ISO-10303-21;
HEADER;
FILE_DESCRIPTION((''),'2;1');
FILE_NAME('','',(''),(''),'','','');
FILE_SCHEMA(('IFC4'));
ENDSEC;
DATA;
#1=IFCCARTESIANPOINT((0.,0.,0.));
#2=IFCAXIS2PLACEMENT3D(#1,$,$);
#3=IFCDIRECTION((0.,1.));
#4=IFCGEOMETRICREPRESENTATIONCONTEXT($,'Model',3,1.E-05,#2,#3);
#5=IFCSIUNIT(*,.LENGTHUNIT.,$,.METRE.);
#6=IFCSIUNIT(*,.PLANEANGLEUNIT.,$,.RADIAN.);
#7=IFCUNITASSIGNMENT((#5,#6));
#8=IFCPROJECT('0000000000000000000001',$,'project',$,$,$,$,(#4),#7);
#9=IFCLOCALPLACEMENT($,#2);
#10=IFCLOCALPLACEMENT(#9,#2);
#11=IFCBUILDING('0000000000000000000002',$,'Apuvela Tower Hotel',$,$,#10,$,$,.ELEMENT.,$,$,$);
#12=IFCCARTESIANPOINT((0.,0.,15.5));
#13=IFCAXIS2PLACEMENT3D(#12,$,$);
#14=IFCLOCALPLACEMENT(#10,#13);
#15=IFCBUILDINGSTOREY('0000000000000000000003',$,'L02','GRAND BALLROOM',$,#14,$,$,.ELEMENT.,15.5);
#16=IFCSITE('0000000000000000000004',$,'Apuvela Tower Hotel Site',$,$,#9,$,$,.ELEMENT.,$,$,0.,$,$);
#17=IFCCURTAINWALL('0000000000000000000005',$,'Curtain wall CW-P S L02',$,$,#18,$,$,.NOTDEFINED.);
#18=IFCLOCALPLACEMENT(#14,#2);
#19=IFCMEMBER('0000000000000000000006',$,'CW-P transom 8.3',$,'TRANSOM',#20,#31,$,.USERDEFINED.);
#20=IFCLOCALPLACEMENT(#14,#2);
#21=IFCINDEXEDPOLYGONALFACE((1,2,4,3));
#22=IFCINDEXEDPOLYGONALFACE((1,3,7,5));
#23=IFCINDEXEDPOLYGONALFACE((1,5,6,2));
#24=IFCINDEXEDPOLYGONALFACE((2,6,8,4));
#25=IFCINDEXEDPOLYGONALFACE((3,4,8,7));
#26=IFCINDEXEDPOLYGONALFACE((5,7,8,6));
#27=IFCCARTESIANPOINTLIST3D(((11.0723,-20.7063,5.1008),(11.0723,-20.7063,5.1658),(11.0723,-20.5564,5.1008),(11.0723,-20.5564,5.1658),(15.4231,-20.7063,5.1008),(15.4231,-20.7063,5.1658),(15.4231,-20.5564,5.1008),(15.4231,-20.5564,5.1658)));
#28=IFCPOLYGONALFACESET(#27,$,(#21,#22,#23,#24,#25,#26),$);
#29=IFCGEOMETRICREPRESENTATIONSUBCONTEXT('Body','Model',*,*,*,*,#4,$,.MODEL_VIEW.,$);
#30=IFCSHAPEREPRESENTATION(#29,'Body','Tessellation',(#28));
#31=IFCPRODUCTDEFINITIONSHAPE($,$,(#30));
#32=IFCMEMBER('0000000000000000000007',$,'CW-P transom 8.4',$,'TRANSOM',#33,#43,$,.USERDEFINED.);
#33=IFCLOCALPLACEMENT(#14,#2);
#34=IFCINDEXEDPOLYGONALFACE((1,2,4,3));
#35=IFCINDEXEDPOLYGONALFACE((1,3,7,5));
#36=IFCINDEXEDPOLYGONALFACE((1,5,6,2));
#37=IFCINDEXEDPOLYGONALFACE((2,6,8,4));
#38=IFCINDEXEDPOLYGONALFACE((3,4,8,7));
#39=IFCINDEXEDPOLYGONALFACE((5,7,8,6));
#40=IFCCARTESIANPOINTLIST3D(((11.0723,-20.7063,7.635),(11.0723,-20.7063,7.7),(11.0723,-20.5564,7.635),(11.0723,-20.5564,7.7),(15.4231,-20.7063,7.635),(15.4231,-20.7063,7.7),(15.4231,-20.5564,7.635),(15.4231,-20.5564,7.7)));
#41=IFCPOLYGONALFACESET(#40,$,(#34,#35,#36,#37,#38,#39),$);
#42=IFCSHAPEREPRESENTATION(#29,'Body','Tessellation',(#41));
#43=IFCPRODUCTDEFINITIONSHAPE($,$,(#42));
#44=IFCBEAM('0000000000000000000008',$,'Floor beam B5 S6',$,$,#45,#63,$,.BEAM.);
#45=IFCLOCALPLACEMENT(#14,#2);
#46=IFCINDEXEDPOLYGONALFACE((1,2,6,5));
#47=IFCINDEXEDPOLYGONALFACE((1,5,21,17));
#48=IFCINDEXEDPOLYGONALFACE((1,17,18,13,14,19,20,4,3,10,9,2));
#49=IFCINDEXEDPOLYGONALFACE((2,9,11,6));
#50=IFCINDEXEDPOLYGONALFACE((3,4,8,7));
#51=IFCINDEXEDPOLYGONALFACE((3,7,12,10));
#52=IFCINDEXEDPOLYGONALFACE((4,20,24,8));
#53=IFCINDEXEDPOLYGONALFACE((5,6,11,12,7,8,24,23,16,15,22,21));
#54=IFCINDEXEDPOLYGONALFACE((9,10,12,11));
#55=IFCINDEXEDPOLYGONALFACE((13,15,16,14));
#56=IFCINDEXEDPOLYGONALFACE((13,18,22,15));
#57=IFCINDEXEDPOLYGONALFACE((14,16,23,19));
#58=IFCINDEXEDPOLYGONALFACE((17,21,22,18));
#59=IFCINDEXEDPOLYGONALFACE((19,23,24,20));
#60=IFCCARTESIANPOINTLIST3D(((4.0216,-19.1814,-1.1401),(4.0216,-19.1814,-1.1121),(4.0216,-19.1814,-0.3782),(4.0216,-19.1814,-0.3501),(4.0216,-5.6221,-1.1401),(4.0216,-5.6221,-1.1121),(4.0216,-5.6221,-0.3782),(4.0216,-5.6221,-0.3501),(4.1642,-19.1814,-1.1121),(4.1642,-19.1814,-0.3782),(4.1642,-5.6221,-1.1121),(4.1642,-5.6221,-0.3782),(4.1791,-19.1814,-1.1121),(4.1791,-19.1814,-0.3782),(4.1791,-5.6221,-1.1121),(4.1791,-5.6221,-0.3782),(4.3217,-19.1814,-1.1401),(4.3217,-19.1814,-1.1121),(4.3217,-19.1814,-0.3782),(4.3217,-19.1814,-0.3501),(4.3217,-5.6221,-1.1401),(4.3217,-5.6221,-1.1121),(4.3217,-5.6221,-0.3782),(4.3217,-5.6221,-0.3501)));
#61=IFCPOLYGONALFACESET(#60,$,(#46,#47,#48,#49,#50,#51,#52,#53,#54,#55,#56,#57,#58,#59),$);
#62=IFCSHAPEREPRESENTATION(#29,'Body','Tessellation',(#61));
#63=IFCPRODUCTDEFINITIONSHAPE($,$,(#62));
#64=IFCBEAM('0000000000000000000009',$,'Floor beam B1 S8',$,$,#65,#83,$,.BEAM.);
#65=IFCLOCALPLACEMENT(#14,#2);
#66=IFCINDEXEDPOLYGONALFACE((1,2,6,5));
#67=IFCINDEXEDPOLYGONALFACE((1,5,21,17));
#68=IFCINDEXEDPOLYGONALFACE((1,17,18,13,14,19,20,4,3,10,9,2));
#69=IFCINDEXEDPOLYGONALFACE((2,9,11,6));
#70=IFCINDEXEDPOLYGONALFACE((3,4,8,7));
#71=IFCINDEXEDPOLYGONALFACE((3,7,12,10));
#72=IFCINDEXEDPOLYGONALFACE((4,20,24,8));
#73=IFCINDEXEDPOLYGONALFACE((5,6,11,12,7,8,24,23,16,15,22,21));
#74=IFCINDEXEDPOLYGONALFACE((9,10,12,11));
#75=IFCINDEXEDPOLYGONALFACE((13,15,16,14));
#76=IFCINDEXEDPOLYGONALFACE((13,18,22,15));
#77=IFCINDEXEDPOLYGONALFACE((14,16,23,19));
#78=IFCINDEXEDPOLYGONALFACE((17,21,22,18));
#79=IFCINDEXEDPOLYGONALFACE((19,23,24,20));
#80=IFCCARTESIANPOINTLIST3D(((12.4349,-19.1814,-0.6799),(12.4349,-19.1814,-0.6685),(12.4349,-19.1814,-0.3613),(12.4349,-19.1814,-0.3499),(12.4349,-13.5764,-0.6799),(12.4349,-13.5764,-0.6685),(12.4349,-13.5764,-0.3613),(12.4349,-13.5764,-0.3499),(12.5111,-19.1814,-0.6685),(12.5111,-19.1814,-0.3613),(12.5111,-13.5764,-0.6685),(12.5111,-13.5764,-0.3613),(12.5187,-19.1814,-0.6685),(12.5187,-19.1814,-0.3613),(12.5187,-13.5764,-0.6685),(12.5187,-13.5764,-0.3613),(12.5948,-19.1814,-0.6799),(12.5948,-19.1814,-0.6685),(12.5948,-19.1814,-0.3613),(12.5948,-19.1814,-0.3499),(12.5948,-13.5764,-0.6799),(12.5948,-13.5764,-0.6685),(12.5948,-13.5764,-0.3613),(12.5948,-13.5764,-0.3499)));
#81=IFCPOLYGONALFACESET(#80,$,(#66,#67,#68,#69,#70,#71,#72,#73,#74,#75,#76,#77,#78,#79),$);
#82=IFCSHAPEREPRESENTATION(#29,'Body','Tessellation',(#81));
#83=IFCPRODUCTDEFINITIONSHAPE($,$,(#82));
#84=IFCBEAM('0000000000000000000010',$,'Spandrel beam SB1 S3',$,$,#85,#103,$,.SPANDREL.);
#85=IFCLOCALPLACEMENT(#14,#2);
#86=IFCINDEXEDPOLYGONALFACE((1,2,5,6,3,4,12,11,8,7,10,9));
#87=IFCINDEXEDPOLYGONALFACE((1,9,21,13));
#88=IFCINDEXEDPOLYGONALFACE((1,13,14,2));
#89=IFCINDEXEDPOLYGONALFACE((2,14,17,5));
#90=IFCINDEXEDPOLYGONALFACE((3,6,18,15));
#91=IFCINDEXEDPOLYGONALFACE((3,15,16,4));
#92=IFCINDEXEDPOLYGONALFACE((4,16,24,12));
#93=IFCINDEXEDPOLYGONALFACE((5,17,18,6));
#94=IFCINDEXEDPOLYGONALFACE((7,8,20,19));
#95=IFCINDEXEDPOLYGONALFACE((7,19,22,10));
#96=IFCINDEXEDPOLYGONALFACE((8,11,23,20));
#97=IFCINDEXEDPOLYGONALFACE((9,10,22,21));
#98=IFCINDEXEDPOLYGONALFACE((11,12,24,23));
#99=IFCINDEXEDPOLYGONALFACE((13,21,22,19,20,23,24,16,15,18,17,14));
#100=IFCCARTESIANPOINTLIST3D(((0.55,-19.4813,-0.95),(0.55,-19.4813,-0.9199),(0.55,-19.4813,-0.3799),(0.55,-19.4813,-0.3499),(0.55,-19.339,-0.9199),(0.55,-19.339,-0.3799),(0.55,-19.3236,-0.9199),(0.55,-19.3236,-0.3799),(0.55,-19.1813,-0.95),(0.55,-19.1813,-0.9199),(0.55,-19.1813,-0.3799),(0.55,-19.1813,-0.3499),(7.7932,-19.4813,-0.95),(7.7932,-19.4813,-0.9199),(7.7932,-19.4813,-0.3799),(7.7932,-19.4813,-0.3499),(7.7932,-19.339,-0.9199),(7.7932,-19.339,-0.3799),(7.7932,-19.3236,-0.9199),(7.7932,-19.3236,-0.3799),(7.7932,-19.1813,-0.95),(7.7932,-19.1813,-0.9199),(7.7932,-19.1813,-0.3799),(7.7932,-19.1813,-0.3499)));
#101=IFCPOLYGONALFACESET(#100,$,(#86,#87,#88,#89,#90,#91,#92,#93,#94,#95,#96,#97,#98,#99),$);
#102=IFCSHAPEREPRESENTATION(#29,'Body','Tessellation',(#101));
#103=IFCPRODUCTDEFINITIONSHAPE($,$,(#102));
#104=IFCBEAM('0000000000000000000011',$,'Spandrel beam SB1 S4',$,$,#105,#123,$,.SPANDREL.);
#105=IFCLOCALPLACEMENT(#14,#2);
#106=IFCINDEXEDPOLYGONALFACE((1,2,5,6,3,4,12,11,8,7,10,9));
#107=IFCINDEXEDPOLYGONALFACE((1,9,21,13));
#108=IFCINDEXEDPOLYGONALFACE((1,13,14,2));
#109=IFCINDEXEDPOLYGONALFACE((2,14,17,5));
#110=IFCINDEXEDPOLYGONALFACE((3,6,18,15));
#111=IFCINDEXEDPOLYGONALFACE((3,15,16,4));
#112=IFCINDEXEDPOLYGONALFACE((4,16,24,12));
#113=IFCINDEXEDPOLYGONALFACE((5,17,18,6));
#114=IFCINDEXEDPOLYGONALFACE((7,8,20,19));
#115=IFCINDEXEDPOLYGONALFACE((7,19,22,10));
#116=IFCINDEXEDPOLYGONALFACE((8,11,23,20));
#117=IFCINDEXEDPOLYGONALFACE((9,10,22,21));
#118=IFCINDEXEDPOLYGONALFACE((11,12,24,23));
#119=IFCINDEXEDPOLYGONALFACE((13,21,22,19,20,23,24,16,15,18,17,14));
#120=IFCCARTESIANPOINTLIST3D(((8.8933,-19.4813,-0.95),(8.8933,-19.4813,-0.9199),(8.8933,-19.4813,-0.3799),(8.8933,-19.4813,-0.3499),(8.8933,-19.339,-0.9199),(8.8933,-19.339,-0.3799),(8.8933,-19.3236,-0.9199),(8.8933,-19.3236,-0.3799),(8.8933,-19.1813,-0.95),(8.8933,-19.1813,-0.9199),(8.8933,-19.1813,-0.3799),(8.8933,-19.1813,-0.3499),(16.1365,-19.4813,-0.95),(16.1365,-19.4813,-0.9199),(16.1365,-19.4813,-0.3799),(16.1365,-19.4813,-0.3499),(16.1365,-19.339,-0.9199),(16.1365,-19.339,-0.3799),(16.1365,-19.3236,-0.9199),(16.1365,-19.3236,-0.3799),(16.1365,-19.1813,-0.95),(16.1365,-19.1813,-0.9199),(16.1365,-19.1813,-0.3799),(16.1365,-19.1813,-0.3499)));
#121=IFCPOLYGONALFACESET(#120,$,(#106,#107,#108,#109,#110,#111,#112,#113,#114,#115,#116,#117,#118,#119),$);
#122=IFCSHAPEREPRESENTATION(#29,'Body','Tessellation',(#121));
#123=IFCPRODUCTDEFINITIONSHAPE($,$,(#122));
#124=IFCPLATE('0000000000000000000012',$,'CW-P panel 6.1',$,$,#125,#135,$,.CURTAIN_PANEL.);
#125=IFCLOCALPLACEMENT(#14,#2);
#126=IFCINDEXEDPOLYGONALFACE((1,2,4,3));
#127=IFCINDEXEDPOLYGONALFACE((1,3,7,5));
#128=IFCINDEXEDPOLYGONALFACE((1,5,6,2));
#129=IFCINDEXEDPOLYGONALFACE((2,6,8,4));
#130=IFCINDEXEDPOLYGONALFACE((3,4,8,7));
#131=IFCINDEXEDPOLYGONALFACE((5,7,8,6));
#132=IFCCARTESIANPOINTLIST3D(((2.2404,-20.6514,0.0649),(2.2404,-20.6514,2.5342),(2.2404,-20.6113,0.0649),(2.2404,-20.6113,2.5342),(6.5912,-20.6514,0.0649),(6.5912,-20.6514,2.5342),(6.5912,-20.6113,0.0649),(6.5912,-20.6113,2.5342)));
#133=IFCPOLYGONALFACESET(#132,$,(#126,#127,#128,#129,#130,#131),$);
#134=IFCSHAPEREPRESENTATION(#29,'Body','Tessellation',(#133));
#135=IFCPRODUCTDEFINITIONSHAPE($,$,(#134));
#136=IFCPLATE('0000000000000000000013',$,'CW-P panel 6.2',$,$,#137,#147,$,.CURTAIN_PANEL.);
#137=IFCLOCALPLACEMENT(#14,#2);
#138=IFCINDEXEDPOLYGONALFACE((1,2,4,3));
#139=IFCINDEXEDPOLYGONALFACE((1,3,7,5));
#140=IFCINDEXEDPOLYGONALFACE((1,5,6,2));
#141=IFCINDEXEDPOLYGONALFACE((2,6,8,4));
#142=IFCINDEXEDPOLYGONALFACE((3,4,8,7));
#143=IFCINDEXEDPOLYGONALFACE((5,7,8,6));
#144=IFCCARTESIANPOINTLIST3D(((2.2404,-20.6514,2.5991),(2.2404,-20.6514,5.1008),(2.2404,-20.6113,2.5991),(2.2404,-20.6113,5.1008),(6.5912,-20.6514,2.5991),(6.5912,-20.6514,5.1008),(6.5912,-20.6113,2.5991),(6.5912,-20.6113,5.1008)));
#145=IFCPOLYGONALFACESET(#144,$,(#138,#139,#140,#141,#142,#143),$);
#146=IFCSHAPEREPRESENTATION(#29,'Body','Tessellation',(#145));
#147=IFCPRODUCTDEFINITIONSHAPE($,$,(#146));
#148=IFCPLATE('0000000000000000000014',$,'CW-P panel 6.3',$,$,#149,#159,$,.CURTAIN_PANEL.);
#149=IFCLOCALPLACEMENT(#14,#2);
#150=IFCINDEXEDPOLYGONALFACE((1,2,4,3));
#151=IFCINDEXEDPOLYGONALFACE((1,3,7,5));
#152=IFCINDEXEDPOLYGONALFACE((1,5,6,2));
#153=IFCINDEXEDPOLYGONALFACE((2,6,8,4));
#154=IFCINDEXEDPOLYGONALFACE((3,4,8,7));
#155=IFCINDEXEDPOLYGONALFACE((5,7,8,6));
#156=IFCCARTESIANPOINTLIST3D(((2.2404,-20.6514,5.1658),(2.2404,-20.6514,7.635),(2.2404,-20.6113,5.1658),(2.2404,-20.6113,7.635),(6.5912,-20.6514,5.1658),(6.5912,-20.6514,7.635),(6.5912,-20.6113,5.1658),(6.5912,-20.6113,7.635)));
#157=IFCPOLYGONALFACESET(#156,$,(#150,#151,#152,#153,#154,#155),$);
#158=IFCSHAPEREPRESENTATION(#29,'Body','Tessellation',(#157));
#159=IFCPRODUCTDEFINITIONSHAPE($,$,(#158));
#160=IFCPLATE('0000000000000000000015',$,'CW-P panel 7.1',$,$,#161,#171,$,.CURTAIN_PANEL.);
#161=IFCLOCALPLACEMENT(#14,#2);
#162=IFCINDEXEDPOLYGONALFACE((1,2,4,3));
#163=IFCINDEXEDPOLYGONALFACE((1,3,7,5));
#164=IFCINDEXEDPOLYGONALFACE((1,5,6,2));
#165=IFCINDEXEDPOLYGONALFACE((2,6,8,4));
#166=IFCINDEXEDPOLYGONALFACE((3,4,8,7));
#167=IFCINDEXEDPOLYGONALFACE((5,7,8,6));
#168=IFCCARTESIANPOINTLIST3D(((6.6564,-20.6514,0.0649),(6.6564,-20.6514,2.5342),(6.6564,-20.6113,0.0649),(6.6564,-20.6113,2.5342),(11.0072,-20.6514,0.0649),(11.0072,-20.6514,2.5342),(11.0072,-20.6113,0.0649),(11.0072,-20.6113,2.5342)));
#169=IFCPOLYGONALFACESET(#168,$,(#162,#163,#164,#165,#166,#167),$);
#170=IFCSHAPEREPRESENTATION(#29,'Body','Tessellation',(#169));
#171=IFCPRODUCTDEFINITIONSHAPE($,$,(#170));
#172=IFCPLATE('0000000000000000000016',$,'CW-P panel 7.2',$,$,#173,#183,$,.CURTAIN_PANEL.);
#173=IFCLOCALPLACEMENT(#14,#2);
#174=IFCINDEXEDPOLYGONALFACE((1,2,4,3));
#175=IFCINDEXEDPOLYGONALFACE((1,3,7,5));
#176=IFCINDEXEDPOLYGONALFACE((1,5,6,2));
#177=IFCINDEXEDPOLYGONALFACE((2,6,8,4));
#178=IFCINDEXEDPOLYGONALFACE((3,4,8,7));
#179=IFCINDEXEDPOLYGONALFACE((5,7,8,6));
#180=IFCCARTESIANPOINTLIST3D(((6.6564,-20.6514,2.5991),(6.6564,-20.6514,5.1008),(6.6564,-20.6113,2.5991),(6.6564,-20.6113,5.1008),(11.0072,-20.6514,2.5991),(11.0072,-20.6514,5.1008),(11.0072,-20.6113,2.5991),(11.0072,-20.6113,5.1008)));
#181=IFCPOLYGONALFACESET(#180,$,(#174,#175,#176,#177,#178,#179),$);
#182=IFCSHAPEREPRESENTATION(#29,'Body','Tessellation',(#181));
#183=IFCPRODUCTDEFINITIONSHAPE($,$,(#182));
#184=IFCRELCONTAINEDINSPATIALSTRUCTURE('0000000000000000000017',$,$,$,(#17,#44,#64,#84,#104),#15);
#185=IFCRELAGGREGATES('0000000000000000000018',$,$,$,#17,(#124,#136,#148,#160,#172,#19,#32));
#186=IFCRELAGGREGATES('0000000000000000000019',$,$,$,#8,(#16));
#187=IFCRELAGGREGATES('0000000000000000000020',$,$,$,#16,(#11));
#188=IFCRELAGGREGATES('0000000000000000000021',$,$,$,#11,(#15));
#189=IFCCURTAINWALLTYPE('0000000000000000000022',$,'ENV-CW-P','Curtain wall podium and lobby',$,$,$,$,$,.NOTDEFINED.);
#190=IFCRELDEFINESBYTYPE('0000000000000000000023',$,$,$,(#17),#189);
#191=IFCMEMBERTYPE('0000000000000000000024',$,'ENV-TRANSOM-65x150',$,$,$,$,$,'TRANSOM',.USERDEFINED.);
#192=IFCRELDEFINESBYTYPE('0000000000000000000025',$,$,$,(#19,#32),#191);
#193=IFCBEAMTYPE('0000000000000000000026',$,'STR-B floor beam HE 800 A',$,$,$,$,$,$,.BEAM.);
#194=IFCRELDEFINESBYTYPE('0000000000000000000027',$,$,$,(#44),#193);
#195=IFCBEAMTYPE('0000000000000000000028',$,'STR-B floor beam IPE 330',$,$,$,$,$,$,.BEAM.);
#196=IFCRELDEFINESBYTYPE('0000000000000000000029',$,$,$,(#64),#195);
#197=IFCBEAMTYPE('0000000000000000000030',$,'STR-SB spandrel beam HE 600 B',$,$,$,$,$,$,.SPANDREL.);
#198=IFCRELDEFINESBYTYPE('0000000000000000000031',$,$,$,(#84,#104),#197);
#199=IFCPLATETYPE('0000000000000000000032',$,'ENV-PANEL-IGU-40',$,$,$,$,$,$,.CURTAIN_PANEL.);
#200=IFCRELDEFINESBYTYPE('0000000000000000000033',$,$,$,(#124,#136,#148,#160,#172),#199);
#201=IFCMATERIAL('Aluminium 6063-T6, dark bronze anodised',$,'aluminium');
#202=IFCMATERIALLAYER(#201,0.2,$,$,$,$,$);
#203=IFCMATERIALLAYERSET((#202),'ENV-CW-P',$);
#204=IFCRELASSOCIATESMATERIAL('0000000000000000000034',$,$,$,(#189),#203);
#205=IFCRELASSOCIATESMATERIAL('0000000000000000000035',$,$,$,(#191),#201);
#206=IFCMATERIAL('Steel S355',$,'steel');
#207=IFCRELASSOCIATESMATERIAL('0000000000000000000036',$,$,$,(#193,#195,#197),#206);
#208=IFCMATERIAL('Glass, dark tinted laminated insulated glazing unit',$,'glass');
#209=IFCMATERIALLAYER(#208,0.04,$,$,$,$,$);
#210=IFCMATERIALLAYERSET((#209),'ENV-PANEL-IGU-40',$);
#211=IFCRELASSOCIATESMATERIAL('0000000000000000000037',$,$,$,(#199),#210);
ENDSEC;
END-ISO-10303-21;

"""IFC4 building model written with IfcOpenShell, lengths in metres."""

from ifc_helpers import new_model, si_unit, direction, frame, origin, origin_2d, place, context, subcontext, project, spatial, rectangle, i_section, extrude, material, layer, layer_set, material_profile, profile_set, type_object, element, aggregate, save


model = new_model("IFC4")

# Units and contexts
model_context = context("Model", 3, precision=1e-05, world=origin(), true_north=direction((0.0, 1.0)))
body_context = subcontext(model_context, "Body", "Model", "MODEL_VIEW")
ifc_project = project(units=[si_unit("LENGTHUNIT", "METRE"), si_unit("PLANEANGLEUNIT", "RADIAN")], contexts=[model_context])

# Site, building, storey
site_placement = place(None, origin())
site = spatial("IfcSite", under=ifc_project, at=site_placement, Name="Apuvela Tower Hotel Site", CompositionType="ELEMENT", RefElevation=0.0)
building_placement = place(site_placement, origin())
building = spatial("IfcBuilding", under=site, at=building_placement, Name="Apuvela Tower Hotel", CompositionType="ELEMENT")
storey_placement = place(building_placement, frame((0.0, 0.0, 15.5)))
storey = spatial("IfcBuildingStorey", under=building, at=storey_placement, Name="L02", Description="GRAND BALLROOM", CompositionType="ELEMENT", Elevation=15.5)

# Curtain wall, members
ifc_material_1 = material(Name="Aluminium 6063-T6, dark bronze anodised", Category="aluminium")
ifc_layer_1 = layer(ifc_material_1, 0.2)
ifc_layer_set_1 = layer_set([ifc_layer_1], Name="ENV-CW-P")
curtain_wall_type = type_object("IfcCurtainWallType", Name="ENV-CW-P", Description="Curtain wall podium and lobby", PredefinedType="NOTDEFINED", material=ifc_layer_set_1)
curtain_wall_placement = place(storey_placement, origin())
curtain_wall = element("IfcCurtainWall", 1, at=curtain_wall_placement, inside=storey, type_object=curtain_wall_type, Name="Curtain wall CW-P S L02", PredefinedType="NOTDEFINED")
ifc_material_profile_1 = material_profile(ifc_material_1, rectangle(XDim=0.1499, YDim=0.0649, at=origin_2d()), Name="AL 65x150 transom")
ifc_profile_set_1 = profile_set([ifc_material_profile_1], Name="Aluminium 6063-T6, dark bronze anodised")
member_type_1 = type_object("IfcMemberType", Name="ENV-TRANSOM-65x150", ElementType="TRANSOM", PredefinedType="USERDEFINED", material=ifc_profile_set_1)
member_1_placement = place(storey_placement, frame((11.0723, -20.6313, 5.1333), z_axis=(1.0, 0.0, 0.0), x_axis=(0.0, 1.0, 0.0)))
member_1 = element("IfcMember", 2, at=member_1_placement, type_object=member_type_1, Name="CW-P transom 8.3", ObjectType="TRANSOM", PredefinedType="USERDEFINED", context=body_context, shape_type="SweptSolid", body=[
    extrude(rectangle(XDim=0.1499, YDim=0.0649, at=origin_2d()), origin(), (0.0, 0.0, 1.0), 4.3508),
])
member_2_placement = place(storey_placement, frame((11.0723, -20.6313, 7.6675), z_axis=(1.0, 0.0, 0.0), x_axis=(0.0, 1.0, 0.0)))
member_2 = element("IfcMember", 3, at=member_2_placement, type_object=member_type_1, Name="CW-P transom 8.4", ObjectType="TRANSOM", PredefinedType="USERDEFINED", context=body_context, shape_type="SweptSolid", body=[
    extrude(rectangle(XDim=0.1499, YDim=0.0649, at=origin_2d()), origin(), (0.0, 0.0, 1.0), 4.3508),
])

# Beams
ifc_material_2 = material(Name="Steel S355", Category="steel")
ifc_material_profile_2 = material_profile(ifc_material_2, i_section(OverallWidth=0.3, OverallDepth=0.79, WebThickness=0.0149, FlangeThickness=0.0281, at=origin_2d()), Name="HE 800 A")
ifc_profile_set_2 = profile_set([ifc_material_profile_2], Name="Steel S355")
beam_type_1 = type_object("IfcBeamType", Name="STR-B floor beam HE 800 A", PredefinedType="BEAM", material=ifc_profile_set_2)
beam_1_placement = place(storey_placement, frame((4.1716, -19.1814, -0.7451), z_axis=(0.0, 1.0, 0.0), x_axis=(-1.0, 0.0, 0.0)))
element("IfcBeam", 4, at=beam_1_placement, inside=storey, type_object=beam_type_1, Name="Floor beam B5 S6", PredefinedType="BEAM", context=body_context, shape_type="SweptSolid", body=[
    extrude(i_section(OverallWidth=0.3, OverallDepth=0.79, WebThickness=0.0149, FlangeThickness=0.0281, at=origin_2d()), origin(), (0.0, 0.0, 1.0), 13.5593),
])
ifc_material_profile_3 = material_profile(ifc_material_2, i_section(OverallWidth=0.1599, OverallDepth=0.3301, WebThickness=0.0076, FlangeThickness=0.0115, at=origin_2d()), Name="IPE 330")
ifc_profile_set_3 = profile_set([ifc_material_profile_3], Name="Steel S355")
beam_type_2 = type_object("IfcBeamType", Name="STR-B floor beam IPE 330", PredefinedType="BEAM", material=ifc_profile_set_3)
beam_2_placement = place(storey_placement, frame((12.5149, -19.1814, -0.5149), z_axis=(0.0, 1.0, 0.0), x_axis=(-1.0, 0.0, 0.0)))
element("IfcBeam", 5, at=beam_2_placement, inside=storey, type_object=beam_type_2, Name="Floor beam B1 S8", PredefinedType="BEAM", context=body_context, shape_type="SweptSolid", body=[
    extrude(i_section(OverallWidth=0.1599, OverallDepth=0.3301, WebThickness=0.0076, FlangeThickness=0.0115, at=origin_2d()), origin(), (0.0, 0.0, 1.0), 5.605),
])
ifc_material_profile_4 = material_profile(ifc_material_2, i_section(OverallWidth=0.3, OverallDepth=0.6001, WebThickness=0.0154, FlangeThickness=0.03, at=origin_2d()), Name="HE 600 B")
ifc_profile_set_4 = profile_set([ifc_material_profile_4], Name="Steel S355")
beam_type_3 = type_object("IfcBeamType", Name="STR-SB spandrel beam HE 600 B", PredefinedType="SPANDREL", material=ifc_profile_set_4)
for number, where, z_axis, x_axis, name in (
    (6, (0.55, -19.3313, -0.6499), (1.0, 0.0, 0.0), (0.0, 1.0, 0.0), "Spandrel beam SB1 S3"),
    (7, (8.8933, -19.3313, -0.6499), (1.0, 0.0, 0.0), (0.0, 1.0, 0.0), "Spandrel beam SB1 S4"),
):
    element("IfcBeam", number, at=place(storey_placement, frame(where, z_axis=z_axis, x_axis=x_axis)), inside=storey, type_object=beam_type_3, Name=name, PredefinedType="SPANDREL", context=body_context, shape_type="SweptSolid", body=[
        extrude(i_section(OverallWidth=0.3, OverallDepth=0.6001, WebThickness=0.0154, FlangeThickness=0.03, at=origin_2d()), origin(), (0.0, 0.0, 1.0), 7.2432),
    ])

# Plates
ifc_material_3 = material(Name="Glass, dark tinted laminated insulated glazing unit", Category="glass")
ifc_layer_2 = layer(ifc_material_3, 0.04)
ifc_layer_set_2 = layer_set([ifc_layer_2], Name="ENV-PANEL-IGU-40")
plate_type = type_object("IfcPlateType", Name="ENV-PANEL-IGU-40", PredefinedType="CURTAIN_PANEL", material=ifc_layer_set_2)
plate_1_placement = place(storey_placement, frame((4.4158, -20.6313, 0.0649), z_axis=(0.0, 0.0, 1.0), x_axis=(1.0, 0.0, 0.0)))
plate_1 = element("IfcPlate", 8, at=plate_1_placement, type_object=plate_type, Name="CW-P panel 6.1", PredefinedType="CURTAIN_PANEL", context=body_context, shape_type="SweptSolid", body=[
    extrude(rectangle(XDim=4.3508, YDim=0.04, at=origin_2d()), origin(), (0.0, 0.0, 1.0), 2.4692),
])
plate_2_placement = place(storey_placement, frame((4.4158, -20.6313, 2.5991), z_axis=(0.0, 0.0, 1.0), x_axis=(1.0, 0.0, 0.0)))
plate_2 = element("IfcPlate", 9, at=plate_2_placement, type_object=plate_type, Name="CW-P panel 6.2", PredefinedType="CURTAIN_PANEL", context=body_context, shape_type="SweptSolid", body=[
    extrude(rectangle(XDim=4.3508, YDim=0.04, at=origin_2d()), origin(), (0.0, 0.0, 1.0), 2.5017),
])
plate_3_placement = place(storey_placement, frame((4.4158, -20.6313, 5.1658), z_axis=(0.0, 0.0, 1.0), x_axis=(1.0, 0.0, 0.0)))
plate_3 = element("IfcPlate", 10, at=plate_3_placement, type_object=plate_type, Name="CW-P panel 6.3", PredefinedType="CURTAIN_PANEL", context=body_context, shape_type="SweptSolid", body=[
    extrude(rectangle(XDim=4.3508, YDim=0.04, at=origin_2d()), origin(), (0.0, 0.0, 1.0), 2.4692),
])
plate_4_placement = place(storey_placement, frame((8.8318, -20.6313, 0.0649), z_axis=(0.0, 0.0, 1.0), x_axis=(1.0, 0.0, 0.0)))
plate_4 = element("IfcPlate", 11, at=plate_4_placement, type_object=plate_type, Name="CW-P panel 7.1", PredefinedType="CURTAIN_PANEL", context=body_context, shape_type="SweptSolid", body=[
    extrude(rectangle(XDim=4.3508, YDim=0.04, at=origin_2d()), origin(), (0.0, 0.0, 1.0), 2.4692),
])
plate_5_placement = place(storey_placement, frame((8.8318, -20.6313, 2.5991), z_axis=(0.0, 0.0, 1.0), x_axis=(1.0, 0.0, 0.0)))
plate_5 = element("IfcPlate", 12, at=plate_5_placement, type_object=plate_type, Name="CW-P panel 7.2", PredefinedType="CURTAIN_PANEL", context=body_context, shape_type="SweptSolid", body=[
    extrude(rectangle(XDim=4.3508, YDim=0.04, at=origin_2d()), origin(), (0.0, 0.0, 1.0), 2.5017),
])
aggregate(curtain_wall, [plate_1, plate_2, plate_3, plate_4, plate_5, member_1, member_2])

save(model, "model.ifc")
